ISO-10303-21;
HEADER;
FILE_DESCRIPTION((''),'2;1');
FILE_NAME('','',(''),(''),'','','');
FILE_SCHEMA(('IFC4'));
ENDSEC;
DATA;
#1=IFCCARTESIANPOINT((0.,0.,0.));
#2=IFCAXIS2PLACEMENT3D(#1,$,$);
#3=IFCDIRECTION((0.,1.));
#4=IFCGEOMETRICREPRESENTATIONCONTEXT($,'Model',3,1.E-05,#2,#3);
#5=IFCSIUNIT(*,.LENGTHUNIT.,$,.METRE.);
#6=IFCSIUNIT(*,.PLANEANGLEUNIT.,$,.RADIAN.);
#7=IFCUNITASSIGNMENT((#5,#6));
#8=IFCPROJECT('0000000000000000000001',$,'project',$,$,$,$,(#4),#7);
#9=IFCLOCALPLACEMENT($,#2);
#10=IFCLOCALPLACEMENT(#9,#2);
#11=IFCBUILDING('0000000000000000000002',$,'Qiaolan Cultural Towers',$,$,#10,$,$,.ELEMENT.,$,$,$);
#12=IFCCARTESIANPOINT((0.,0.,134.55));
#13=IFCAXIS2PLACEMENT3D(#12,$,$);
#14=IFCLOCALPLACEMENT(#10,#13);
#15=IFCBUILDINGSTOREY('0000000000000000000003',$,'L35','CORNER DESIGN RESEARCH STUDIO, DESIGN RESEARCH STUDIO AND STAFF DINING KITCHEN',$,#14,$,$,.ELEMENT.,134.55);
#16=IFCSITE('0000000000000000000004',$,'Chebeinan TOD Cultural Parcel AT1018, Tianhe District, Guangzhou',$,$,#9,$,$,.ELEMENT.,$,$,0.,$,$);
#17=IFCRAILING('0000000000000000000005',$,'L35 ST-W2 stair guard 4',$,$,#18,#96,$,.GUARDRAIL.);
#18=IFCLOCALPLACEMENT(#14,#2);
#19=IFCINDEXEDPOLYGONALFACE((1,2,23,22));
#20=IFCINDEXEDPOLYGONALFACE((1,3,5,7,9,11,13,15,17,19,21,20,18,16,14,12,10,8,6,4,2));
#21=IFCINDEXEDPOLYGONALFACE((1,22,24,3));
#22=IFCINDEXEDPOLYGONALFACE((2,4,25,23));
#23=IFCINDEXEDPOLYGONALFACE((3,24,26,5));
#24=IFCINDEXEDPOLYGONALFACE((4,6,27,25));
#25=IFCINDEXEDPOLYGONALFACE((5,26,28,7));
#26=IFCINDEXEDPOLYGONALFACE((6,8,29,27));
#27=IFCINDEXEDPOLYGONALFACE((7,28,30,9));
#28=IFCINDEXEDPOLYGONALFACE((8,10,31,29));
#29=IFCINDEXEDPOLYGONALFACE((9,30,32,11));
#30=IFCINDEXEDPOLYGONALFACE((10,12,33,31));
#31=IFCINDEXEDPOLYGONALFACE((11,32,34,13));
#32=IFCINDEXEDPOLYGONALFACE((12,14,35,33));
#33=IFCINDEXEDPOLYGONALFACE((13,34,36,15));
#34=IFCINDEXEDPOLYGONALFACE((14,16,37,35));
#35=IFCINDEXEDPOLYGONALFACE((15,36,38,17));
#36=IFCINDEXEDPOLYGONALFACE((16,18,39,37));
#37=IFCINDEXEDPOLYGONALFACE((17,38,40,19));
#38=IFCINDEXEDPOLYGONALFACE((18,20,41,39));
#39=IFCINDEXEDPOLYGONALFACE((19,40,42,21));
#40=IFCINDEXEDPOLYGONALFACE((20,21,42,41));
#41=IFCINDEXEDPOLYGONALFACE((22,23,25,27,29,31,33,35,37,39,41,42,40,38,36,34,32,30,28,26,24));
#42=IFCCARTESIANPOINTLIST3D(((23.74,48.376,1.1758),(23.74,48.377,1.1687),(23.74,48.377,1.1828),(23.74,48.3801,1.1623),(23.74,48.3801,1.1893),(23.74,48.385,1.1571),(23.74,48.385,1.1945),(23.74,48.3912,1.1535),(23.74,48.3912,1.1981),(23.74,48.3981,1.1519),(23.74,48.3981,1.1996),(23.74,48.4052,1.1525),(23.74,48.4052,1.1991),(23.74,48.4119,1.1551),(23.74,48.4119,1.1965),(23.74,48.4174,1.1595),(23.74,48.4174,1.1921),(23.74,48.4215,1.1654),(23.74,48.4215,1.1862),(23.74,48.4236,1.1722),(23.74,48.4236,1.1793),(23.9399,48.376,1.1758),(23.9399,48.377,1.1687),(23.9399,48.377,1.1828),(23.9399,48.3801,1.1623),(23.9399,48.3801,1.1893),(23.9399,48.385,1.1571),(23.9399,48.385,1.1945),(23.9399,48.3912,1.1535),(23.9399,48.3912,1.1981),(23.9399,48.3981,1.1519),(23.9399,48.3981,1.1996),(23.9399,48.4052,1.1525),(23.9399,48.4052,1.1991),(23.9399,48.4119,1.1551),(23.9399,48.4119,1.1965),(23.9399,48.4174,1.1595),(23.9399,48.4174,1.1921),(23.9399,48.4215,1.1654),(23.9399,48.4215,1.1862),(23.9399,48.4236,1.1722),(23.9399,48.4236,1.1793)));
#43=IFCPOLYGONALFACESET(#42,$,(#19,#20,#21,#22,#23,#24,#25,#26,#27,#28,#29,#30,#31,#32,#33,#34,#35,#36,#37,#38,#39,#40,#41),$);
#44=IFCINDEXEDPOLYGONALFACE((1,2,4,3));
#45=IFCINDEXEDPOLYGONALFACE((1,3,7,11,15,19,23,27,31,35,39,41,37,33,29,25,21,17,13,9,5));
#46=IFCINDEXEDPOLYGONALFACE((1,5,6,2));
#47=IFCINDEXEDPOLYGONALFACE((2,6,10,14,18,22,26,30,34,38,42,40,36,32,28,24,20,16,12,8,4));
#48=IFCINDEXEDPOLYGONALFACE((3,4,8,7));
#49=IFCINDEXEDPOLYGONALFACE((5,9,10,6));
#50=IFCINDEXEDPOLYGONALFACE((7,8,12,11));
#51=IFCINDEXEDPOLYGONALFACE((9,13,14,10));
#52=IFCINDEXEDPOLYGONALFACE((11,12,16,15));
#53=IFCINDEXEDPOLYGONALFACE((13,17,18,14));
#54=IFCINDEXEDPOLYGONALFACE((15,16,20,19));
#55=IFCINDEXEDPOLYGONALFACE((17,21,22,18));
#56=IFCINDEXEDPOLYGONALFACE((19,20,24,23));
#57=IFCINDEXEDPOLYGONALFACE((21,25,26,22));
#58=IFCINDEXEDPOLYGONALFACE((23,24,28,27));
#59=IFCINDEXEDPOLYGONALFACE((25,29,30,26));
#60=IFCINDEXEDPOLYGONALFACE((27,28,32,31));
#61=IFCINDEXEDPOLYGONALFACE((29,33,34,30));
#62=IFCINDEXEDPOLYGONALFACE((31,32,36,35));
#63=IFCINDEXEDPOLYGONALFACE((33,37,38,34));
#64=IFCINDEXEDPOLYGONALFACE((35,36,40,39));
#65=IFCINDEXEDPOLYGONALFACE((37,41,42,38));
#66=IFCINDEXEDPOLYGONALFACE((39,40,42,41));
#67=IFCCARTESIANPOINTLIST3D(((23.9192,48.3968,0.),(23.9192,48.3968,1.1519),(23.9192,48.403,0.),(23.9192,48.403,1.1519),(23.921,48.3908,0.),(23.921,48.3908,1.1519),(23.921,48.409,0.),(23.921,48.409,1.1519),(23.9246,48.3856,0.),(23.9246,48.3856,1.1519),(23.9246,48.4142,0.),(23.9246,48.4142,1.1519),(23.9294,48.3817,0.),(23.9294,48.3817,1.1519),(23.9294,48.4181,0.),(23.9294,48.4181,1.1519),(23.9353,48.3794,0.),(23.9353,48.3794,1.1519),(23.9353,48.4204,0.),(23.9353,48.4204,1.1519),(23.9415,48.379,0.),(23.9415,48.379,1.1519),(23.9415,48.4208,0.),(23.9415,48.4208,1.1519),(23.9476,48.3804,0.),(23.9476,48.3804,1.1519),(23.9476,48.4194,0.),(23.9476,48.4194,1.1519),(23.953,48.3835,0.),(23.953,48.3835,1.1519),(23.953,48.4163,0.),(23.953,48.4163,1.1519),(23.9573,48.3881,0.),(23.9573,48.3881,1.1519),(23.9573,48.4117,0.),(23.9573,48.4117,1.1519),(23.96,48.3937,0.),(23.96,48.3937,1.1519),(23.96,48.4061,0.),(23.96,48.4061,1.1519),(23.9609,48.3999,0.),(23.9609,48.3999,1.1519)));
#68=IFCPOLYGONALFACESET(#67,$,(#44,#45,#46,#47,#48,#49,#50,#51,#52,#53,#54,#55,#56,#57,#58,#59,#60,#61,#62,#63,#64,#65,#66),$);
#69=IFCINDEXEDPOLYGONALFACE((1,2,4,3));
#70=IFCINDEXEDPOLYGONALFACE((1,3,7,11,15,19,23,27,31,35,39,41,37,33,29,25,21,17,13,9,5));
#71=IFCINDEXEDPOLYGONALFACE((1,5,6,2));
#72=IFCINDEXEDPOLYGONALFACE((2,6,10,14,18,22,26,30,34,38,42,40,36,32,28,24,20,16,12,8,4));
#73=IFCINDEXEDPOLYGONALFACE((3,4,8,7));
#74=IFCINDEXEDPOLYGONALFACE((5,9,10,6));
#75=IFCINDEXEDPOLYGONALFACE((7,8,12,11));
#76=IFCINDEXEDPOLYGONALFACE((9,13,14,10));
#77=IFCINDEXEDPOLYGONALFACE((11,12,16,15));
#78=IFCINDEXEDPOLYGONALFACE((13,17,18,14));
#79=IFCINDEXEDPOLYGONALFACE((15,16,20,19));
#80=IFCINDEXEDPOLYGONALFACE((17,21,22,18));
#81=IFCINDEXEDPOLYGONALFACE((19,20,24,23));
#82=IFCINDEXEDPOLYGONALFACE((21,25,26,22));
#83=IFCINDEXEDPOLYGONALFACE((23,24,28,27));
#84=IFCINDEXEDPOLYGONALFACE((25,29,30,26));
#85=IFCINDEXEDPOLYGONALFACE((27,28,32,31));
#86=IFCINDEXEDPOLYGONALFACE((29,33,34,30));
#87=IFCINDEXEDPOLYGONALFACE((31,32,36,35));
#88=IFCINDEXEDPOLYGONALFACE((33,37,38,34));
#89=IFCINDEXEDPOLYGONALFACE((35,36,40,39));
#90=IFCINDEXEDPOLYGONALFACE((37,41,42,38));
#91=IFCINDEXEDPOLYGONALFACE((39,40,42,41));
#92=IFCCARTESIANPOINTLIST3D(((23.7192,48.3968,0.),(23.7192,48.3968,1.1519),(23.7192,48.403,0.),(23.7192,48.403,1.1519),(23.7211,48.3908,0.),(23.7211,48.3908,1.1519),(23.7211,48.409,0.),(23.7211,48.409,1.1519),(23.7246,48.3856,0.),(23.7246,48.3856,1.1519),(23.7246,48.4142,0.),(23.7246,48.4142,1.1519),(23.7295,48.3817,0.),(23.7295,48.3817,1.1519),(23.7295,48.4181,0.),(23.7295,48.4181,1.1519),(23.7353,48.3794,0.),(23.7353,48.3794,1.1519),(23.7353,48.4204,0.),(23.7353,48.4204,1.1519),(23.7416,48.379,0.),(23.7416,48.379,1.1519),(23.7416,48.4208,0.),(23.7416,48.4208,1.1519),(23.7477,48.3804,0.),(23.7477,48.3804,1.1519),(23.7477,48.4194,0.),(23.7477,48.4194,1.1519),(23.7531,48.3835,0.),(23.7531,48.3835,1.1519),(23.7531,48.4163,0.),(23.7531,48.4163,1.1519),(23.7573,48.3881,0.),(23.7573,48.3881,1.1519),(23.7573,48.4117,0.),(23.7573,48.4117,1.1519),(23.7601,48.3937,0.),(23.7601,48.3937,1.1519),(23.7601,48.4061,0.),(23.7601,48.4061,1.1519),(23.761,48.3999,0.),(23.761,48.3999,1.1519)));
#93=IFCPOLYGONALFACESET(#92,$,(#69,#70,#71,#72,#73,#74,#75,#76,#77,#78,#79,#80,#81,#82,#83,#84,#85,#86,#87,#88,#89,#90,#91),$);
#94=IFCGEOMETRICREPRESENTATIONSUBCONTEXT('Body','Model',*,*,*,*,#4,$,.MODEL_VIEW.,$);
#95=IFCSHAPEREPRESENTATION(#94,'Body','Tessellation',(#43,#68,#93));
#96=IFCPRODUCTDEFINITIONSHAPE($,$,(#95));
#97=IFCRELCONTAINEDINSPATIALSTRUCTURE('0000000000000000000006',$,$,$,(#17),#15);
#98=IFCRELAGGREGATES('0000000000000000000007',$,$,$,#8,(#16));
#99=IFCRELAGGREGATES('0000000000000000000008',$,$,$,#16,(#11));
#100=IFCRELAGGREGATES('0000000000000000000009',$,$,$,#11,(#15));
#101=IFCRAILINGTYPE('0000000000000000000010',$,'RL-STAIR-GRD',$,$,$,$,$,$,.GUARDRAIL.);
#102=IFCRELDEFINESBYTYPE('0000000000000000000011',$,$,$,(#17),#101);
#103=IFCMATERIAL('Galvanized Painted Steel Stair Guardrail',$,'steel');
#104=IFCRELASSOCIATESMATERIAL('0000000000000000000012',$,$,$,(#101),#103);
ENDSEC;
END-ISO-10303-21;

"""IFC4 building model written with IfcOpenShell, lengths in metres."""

from ifc_helpers import new_model, si_unit, direction, frame, origin, origin_2d, place, context, subcontext, project, spatial, circle, extrude, material, type_object, element, save


model = new_model("IFC4")

# Units and contexts
model_context = context("Model", 3, precision=1e-05, world=origin(), true_north=direction((0.0, 1.0)))
body_context = subcontext(model_context, "Body", "Model", "MODEL_VIEW")
ifc_project = project(units=[si_unit("LENGTHUNIT", "METRE"), si_unit("PLANEANGLEUNIT", "RADIAN")], contexts=[model_context])

# Site, building, storey
site_placement = place(None, origin())
site = spatial("IfcSite", under=ifc_project, at=site_placement, Name="Chebeinan TOD Cultural Parcel AT1018, Tianhe District, Guangzhou", CompositionType="ELEMENT", RefElevation=0.0)
building_placement = place(site_placement, origin())
building = spatial("IfcBuilding", under=site, at=building_placement, Name="Qiaolan Cultural Towers", CompositionType="ELEMENT")
storey_placement = place(building_placement, frame((0.0, 0.0, 134.55)))
storey = spatial("IfcBuildingStorey", under=building, at=storey_placement, Name="L35", Description="CORNER DESIGN RESEARCH STUDIO, DESIGN RESEARCH STUDIO AND STAFF DINING KITCHEN", CompositionType="ELEMENT", Elevation=134.55)

# Railing
ifc_material_1 = material(Name="Galvanized Painted Steel Stair Guardrail", Category="steel")
railing_type_1 = type_object("IfcRailingType", Name="RL-STAIR-GRD", PredefinedType="GUARDRAIL", material=ifc_material_1)
railing_1_placement = place(storey_placement, frame((23.9399, 48.3999, 0.0)))
element("IfcRailing", 1, at=railing_1_placement, inside=storey, type_object=railing_type_1, Name="L35 ST-W2 stair guard 4", PredefinedType="GUARDRAIL", context=body_context, shape_type="SweptSolid", body=[
    extrude(circle(Radius=0.0239, at=origin_2d()), frame((0.0, 0.0, 1.1758), z_axis=(-1.0, 0.0, 0.0), x_axis=(0.0, -1.0, 0.0)), (0.0, 0.0, 1.0), 0.2),
    extrude(circle(Radius=0.021, at=origin_2d()), origin(), (0.0, 0.0, 1.0), 1.1519),
    extrude(circle(Radius=0.021, at=origin_2d()), frame((-0.2, 0.0, 0.0)), (0.0, 0.0, 1.0), 1.1519),
])

save(model, "model.ifc")
